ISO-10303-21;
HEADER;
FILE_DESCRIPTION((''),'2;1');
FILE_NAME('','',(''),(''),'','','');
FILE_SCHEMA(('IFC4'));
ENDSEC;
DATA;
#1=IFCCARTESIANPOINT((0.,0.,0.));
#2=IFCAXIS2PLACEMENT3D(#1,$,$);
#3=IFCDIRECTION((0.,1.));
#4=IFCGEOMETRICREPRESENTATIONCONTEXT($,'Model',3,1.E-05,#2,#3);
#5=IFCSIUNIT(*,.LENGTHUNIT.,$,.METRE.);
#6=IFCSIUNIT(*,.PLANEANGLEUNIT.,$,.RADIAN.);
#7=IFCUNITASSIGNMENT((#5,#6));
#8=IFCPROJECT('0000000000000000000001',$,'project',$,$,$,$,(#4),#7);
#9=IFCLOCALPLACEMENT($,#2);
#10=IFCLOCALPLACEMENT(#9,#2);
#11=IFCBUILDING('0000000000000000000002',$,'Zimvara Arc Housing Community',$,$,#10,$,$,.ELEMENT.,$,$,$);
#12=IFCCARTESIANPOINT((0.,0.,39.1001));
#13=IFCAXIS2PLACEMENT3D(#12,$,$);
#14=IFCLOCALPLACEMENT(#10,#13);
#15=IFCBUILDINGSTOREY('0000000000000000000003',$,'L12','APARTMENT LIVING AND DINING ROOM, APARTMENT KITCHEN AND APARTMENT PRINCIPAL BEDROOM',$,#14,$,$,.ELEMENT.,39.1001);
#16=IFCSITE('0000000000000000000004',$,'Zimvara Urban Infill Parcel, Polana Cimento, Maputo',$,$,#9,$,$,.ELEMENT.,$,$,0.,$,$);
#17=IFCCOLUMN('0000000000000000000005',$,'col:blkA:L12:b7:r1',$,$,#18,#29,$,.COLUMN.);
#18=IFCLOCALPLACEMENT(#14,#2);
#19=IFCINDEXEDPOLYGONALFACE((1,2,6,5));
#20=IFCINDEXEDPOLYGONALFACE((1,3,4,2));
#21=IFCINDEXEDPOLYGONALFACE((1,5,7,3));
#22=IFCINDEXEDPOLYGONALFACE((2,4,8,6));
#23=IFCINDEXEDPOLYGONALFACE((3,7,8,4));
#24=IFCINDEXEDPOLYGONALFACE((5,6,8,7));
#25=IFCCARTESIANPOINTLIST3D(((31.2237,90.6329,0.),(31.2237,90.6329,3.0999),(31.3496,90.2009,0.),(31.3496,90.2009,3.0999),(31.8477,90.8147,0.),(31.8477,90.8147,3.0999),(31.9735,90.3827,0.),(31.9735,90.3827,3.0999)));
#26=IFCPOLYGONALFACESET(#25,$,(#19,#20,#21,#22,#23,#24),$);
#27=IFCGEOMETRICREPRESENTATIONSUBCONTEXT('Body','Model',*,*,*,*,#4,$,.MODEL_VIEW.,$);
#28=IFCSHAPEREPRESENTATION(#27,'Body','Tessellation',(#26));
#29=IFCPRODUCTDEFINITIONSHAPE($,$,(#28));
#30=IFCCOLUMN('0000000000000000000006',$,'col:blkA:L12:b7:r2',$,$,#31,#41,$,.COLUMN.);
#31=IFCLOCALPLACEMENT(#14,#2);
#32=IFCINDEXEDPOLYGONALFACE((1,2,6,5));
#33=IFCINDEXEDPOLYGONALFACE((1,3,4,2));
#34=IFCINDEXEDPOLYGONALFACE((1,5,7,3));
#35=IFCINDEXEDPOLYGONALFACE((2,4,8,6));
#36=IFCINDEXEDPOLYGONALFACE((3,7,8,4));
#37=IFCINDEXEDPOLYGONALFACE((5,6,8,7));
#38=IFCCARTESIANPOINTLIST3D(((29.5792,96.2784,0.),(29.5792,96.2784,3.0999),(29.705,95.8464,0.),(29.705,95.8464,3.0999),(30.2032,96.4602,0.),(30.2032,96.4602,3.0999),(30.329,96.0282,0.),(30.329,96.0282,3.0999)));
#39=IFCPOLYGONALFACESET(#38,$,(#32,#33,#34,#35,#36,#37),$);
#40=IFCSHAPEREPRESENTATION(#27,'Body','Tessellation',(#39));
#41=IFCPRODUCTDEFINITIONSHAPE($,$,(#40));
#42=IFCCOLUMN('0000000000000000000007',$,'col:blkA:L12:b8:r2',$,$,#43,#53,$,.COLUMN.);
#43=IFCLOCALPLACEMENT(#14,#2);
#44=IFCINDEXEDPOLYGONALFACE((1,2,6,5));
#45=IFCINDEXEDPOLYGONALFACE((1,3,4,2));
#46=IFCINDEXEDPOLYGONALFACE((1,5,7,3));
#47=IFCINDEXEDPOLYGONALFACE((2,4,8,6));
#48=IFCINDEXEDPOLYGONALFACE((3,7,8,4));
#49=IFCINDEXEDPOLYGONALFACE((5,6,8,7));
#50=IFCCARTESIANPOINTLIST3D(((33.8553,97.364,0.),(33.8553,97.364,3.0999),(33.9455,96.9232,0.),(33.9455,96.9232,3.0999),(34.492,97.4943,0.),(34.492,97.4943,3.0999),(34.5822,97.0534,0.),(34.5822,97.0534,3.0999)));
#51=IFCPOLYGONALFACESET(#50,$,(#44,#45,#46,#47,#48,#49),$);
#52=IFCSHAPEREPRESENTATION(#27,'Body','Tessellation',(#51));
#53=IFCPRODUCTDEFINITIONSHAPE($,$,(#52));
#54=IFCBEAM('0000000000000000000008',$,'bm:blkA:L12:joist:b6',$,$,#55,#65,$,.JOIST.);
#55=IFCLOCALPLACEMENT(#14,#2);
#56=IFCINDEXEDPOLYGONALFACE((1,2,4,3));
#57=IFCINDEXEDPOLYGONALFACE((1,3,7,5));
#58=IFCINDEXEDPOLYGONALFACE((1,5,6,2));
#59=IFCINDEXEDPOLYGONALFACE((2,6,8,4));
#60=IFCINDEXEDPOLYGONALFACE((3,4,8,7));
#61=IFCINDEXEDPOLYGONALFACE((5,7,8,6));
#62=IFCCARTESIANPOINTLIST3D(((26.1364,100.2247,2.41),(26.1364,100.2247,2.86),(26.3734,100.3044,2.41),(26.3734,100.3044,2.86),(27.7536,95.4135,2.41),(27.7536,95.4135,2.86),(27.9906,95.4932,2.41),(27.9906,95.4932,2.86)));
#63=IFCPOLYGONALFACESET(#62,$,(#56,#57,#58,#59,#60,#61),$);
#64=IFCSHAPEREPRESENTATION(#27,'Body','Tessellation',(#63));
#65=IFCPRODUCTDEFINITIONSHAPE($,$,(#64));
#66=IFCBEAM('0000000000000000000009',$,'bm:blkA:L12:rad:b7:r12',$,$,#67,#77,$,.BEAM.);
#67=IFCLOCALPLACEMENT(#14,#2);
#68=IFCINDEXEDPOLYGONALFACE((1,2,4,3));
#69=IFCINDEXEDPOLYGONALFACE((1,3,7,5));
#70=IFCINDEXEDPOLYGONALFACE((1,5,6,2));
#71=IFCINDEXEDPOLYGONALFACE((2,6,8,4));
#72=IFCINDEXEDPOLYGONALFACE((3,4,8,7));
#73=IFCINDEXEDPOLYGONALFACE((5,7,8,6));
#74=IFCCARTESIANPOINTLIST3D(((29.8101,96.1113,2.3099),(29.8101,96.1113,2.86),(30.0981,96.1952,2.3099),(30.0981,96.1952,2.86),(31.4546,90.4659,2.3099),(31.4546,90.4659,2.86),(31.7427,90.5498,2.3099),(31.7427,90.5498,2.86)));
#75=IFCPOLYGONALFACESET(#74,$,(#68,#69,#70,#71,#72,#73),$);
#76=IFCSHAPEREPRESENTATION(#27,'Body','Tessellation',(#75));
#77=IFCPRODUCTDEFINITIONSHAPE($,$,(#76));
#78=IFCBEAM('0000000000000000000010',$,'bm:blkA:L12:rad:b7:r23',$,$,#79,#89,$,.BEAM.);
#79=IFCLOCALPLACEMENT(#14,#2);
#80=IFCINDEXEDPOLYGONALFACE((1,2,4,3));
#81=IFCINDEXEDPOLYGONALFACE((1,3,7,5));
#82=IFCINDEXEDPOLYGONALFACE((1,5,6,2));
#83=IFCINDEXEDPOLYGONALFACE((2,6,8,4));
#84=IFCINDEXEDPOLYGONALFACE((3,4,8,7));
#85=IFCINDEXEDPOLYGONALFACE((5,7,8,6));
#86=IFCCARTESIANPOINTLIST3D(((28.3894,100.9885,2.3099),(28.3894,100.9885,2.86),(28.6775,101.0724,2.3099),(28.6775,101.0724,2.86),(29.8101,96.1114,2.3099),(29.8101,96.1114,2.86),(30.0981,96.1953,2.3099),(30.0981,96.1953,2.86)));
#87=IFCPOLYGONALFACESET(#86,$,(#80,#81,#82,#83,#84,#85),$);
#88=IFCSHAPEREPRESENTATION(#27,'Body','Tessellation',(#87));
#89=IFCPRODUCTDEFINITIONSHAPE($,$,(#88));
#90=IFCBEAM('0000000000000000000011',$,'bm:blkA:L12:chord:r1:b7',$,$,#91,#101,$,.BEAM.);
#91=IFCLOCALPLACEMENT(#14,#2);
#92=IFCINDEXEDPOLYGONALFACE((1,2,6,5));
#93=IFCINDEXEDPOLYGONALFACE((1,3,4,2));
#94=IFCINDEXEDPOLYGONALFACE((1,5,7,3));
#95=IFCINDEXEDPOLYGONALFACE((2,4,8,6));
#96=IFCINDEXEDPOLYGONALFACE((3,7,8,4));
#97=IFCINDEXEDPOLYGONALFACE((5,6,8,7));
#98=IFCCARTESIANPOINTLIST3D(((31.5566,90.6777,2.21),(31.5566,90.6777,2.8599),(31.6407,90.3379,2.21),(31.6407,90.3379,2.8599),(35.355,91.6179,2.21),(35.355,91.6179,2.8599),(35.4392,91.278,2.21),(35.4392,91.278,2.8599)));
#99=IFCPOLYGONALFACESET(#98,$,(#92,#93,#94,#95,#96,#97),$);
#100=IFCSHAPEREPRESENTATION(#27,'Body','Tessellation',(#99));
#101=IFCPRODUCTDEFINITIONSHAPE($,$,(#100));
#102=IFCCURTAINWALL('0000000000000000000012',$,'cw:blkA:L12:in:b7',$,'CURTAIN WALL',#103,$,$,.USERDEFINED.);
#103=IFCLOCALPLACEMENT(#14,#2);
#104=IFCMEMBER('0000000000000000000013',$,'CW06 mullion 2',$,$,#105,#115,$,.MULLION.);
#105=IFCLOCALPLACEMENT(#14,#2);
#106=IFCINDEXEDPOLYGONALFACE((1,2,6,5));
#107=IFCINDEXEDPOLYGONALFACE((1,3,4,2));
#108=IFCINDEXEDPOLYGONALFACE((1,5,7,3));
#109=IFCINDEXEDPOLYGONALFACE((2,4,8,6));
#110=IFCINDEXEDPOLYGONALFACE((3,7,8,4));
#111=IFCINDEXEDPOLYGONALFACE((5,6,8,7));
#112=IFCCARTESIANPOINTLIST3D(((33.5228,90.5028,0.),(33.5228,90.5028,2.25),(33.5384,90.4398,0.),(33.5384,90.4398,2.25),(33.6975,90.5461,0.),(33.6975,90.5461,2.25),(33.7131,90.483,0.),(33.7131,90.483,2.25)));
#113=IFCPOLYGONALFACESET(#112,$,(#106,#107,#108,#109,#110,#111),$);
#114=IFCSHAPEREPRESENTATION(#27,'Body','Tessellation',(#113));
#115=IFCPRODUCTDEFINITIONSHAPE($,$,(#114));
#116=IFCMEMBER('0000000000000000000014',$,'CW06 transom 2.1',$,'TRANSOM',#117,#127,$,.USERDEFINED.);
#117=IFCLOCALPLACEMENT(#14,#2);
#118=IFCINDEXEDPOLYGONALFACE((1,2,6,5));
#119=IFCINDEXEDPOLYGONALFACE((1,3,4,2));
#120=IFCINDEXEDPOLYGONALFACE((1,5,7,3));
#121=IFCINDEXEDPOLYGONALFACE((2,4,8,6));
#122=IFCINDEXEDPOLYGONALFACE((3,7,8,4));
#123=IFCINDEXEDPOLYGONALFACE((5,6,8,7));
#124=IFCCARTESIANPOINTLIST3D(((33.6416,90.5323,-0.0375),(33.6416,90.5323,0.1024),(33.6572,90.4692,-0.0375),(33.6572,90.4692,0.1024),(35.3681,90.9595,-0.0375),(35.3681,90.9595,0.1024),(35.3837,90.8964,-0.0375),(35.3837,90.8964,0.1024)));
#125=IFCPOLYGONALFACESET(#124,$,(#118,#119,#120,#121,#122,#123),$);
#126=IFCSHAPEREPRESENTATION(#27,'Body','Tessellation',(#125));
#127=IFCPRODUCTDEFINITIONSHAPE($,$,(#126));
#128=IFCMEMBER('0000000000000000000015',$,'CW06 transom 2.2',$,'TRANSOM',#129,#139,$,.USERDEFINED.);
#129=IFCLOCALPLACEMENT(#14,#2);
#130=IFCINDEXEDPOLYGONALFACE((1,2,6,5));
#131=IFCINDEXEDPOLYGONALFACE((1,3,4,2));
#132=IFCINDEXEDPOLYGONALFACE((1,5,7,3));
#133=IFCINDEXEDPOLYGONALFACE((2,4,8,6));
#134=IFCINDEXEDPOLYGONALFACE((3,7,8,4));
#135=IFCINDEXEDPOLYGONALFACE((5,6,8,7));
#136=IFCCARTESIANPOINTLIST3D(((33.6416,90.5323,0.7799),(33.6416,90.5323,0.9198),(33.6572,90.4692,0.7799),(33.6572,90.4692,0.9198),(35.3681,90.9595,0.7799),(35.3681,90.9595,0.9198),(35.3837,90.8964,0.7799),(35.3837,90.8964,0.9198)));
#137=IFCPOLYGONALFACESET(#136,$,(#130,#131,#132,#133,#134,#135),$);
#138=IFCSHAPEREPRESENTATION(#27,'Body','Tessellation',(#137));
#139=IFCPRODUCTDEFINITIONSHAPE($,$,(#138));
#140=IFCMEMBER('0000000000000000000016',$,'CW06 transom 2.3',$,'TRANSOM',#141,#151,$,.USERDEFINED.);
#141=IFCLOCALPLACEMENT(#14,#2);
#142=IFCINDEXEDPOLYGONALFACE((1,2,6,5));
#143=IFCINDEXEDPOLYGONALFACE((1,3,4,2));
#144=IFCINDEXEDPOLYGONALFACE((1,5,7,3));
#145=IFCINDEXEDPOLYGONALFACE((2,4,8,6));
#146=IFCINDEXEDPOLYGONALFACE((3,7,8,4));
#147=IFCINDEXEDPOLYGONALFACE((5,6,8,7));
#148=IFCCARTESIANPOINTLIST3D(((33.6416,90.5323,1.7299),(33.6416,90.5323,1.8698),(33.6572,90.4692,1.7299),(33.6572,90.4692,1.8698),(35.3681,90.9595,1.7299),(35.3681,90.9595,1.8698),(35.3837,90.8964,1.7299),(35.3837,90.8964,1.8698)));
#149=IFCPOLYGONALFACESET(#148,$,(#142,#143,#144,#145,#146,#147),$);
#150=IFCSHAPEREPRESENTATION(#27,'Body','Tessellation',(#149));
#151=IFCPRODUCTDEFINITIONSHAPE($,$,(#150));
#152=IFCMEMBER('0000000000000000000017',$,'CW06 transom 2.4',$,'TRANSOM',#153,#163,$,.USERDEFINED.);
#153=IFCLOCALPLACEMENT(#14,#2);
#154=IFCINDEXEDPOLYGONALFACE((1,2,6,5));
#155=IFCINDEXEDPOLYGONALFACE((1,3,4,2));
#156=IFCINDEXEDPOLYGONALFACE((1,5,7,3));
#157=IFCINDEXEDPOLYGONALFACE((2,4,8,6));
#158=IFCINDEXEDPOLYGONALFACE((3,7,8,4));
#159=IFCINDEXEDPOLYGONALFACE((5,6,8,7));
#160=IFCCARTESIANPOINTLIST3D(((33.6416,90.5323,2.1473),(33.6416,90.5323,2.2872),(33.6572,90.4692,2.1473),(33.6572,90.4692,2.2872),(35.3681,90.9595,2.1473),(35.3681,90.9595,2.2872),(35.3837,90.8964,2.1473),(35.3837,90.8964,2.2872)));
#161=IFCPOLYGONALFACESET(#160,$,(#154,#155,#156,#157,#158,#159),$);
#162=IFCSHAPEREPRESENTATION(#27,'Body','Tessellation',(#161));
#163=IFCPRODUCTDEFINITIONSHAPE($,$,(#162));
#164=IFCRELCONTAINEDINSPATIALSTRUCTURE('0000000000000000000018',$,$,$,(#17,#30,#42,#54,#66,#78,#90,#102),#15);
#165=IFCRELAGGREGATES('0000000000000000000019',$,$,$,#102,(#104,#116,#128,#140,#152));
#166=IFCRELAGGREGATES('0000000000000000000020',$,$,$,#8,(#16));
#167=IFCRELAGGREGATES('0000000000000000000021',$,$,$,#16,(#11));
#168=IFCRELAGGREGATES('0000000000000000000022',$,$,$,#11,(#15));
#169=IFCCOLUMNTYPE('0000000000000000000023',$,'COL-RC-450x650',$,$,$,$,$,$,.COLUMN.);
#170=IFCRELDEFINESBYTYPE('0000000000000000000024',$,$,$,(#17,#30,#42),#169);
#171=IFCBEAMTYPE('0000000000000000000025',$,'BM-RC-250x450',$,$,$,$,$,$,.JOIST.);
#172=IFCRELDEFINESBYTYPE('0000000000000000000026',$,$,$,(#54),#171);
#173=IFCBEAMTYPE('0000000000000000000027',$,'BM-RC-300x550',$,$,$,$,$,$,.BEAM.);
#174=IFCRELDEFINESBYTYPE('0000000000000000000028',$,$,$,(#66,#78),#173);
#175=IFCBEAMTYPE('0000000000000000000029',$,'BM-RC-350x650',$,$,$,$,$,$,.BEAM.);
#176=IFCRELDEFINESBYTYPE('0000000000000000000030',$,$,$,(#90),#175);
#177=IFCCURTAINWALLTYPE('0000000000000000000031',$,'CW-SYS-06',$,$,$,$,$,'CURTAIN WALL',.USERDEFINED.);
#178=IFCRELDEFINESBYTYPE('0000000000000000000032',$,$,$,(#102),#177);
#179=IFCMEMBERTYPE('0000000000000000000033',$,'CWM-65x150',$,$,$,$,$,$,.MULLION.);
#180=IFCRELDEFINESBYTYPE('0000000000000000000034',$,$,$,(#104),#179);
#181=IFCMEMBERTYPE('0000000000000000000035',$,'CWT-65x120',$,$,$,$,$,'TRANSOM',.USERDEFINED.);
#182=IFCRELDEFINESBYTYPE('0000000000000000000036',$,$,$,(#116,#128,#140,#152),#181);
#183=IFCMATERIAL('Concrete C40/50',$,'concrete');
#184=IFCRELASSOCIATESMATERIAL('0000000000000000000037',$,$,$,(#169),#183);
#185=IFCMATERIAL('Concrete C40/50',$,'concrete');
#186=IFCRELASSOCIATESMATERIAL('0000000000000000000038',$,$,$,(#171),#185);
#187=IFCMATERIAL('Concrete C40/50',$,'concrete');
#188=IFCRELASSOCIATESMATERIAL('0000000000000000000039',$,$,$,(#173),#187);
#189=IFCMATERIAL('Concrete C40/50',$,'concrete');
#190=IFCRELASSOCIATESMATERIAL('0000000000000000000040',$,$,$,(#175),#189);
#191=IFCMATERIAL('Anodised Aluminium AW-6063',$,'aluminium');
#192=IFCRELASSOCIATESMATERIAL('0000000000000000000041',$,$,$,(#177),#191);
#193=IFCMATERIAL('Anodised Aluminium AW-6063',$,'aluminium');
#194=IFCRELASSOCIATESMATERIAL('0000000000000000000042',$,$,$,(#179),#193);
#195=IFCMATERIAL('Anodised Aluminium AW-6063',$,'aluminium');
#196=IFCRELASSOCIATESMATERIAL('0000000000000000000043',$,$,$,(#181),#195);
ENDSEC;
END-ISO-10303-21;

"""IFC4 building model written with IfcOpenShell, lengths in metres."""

from ifc_helpers import new_model, si_unit, direction, frame, origin, origin_2d, place, context, subcontext, project, spatial, rectangle, extrude, material, material_profile, profile_set, type_object, element, aggregate, save


model = new_model("IFC4")

# Units and contexts
model_context = context("Model", 3, precision=1e-05, world=origin(), true_north=direction((0.0, 1.0)))
body_context = subcontext(model_context, "Body", "Model", "MODEL_VIEW")
ifc_project = project(units=[si_unit("LENGTHUNIT", "METRE"), si_unit("PLANEANGLEUNIT", "RADIAN")], contexts=[model_context])

# Site, building, storey
site_placement = place(None, origin())
site = spatial("IfcSite", under=ifc_project, at=site_placement, Name="Zimvara Urban Infill Parcel, Polana Cimento, Maputo", CompositionType="ELEMENT", RefElevation=0.0)
building_placement = place(site_placement, origin())
building = spatial("IfcBuilding", under=site, at=building_placement, Name="Zimvara Arc Housing Community", CompositionType="ELEMENT")
storey_placement = place(building_placement, frame((0.0, 0.0, 39.1001)))
storey = spatial("IfcBuildingStorey", under=building, at=storey_placement, Name="L12", Description="APARTMENT LIVING AND DINING ROOM, APARTMENT KITCHEN AND APARTMENT PRINCIPAL BEDROOM", CompositionType="ELEMENT", Elevation=39.1001)

# Columns
ifc_material_1 = material(Name="Concrete C40/50", Category="concrete")
ifc_material_profile_1 = material_profile(ifc_material_1, rectangle(XDim=0.45, YDim=0.6499, at=origin_2d()), Name="RC 450x650")
ifc_profile_set_1 = profile_set([ifc_material_profile_1], Name="Concrete C40/50")
column_type = type_object("IfcColumnType", Name="COL-RC-450x650", PredefinedType="COLUMN", material=ifc_profile_set_1)
for number, where, z_axis, x_axis, name in (
    (1, (31.5986, 90.5078, 0.0), (0.0, 0.0, 1.0), (-0.279661, 0.960099, 0.0), "col:blkA:L12:b7:r1"),
    (2, (29.9541, 96.1533, 0.0), (0.0, 0.0, 1.0), (-0.279661, 0.960099, 0.0), "col:blkA:L12:b7:r2"),
    (3, (34.2188, 97.2087, 0.0), (0.0, 0.0, 1.0), (-0.200394, 0.979715, 0.0), "col:blkA:L12:b8:r2"),
):
    element("IfcColumn", number, at=place(storey_placement, frame(where, z_axis=z_axis, x_axis=x_axis)), inside=storey, type_object=column_type, Name=name, PredefinedType="COLUMN", context=body_context, shape_type="SweptSolid", body=[
        extrude(rectangle(XDim=0.45, YDim=0.6499, at=origin_2d()), origin(), (0.0, 0.0, 1.0), 3.0999),
    ])

# Beams
ifc_material_2 = material(Name="Concrete C40/50", Category="concrete")
ifc_material_profile_2 = material_profile(ifc_material_2, rectangle(XDim=0.25, YDim=0.45, at=origin_2d()), Name="RC 250x450")
ifc_profile_set_2 = profile_set([ifc_material_profile_2], Name="Concrete C40/50")
beam_type_1 = type_object("IfcBeamType", Name="BM-RC-250x450", PredefinedType="JOIST", material=ifc_profile_set_2)
beam_1_placement = place(storey_placement, frame((27.8721, 95.4534, 2.635), z_axis=(-0.318608, 0.947887, 0.0), x_axis=(-0.947887, -0.318608, 0.0)))
element("IfcBeam", 4, at=beam_1_placement, inside=storey, type_object=beam_type_1, Name="bm:blkA:L12:joist:b6", PredefinedType="JOIST", context=body_context, shape_type="SweptSolid", body=[
    extrude(rectangle(XDim=0.25, YDim=0.45, at=origin_2d()), origin(), (0.0, 0.0, 1.0), 5.0757),
])
ifc_material_3 = material(Name="Concrete C40/50", Category="concrete")
ifc_material_profile_3 = material_profile(ifc_material_3, rectangle(XDim=0.3, YDim=0.55, at=origin_2d()), Name="RC 300x550")
ifc_profile_set_3 = profile_set([ifc_material_profile_3], Name="Concrete C40/50")
beam_type_2 = type_object("IfcBeamType", Name="BM-RC-300x550", PredefinedType="BEAM", material=ifc_profile_set_3)
beam_2_placement = place(storey_placement, frame((31.5986, 90.5078, 2.585), z_axis=(-0.279675, 0.960095, 0.0), x_axis=(-0.960095, -0.279675, 0.0)))
element("IfcBeam", 5, at=beam_2_placement, inside=storey, type_object=beam_type_2, Name="bm:blkA:L12:rad:b7:r12", PredefinedType="BEAM", context=body_context, shape_type="SweptSolid", body=[
    extrude(rectangle(XDim=0.3, YDim=0.55, at=origin_2d()), origin(), (0.0, 0.0, 1.0), 5.8801),
])
beam_3_placement = place(storey_placement, frame((29.9541, 96.1533, 2.585), z_axis=(-0.279662, 0.960098, 0.0), x_axis=(-0.960098, -0.279662, 0.0)))
element("IfcBeam", 6, at=beam_3_placement, inside=storey, type_object=beam_type_2, Name="bm:blkA:L12:rad:b7:r23", PredefinedType="BEAM", context=body_context, shape_type="SweptSolid", body=[
    extrude(rectangle(XDim=0.3, YDim=0.55, at=origin_2d()), origin(), (0.0, 0.0, 1.0), 5.0798),
])
ifc_material_4 = material(Name="Concrete C40/50", Category="concrete")
ifc_material_profile_4 = material_profile(ifc_material_4, rectangle(XDim=0.3501, YDim=0.6499, at=origin_2d()), Name="RC 350x650")
ifc_profile_set_4 = profile_set([ifc_material_profile_4], Name="Concrete C40/50")
beam_type_3 = type_object("IfcBeamType", Name="BM-RC-350x650", PredefinedType="BEAM", material=ifc_profile_set_4)
beam_4_placement = place(storey_placement, frame((31.5986, 90.5078, 2.5349), z_axis=(0.970709, 0.24026, 0.0), x_axis=(-0.24026, 0.970709, 0.0)))
element("IfcBeam", 7, at=beam_4_placement, inside=storey, type_object=beam_type_3, Name="bm:blkA:L12:chord:r1:b7", PredefinedType="BEAM", context=body_context, shape_type="SweptSolid", body=[
    extrude(rectangle(XDim=0.3501, YDim=0.6499, at=origin_2d()), origin(), (0.0, 0.0, 1.0), 3.9131),
])

# Curtain wall, members
ifc_material_5 = material(Name="Anodised Aluminium AW-6063", Category="aluminium")
curtain_wall_type = type_object("IfcCurtainWallType", Name="CW-SYS-06", ElementType="CURTAIN WALL", PredefinedType="USERDEFINED", material=ifc_material_5)
curtain_wall_placement = place(storey_placement, origin())
curtain_wall = element("IfcCurtainWall", 8, at=curtain_wall_placement, inside=storey, type_object=curtain_wall_type, Name="cw:blkA:L12:in:b7", ObjectType="CURTAIN WALL", PredefinedType="USERDEFINED")
ifc_material_6 = material(Name="Anodised Aluminium AW-6063", Category="aluminium")
ifc_material_profile_5 = material_profile(ifc_material_6, rectangle(XDim=0.0649, YDim=0.1799, at=origin_2d()), Name="ALU 65x180")
ifc_profile_set_5 = profile_set([ifc_material_profile_5], Name="Anodised Aluminium AW-6063")
member_type_1 = type_object("IfcMemberType", Name="CWM-65x150", PredefinedType="MULLION", material=ifc_profile_set_5)
member_1_placement = place(storey_placement, frame((33.6179, 90.4929, 0.0), z_axis=(0.0, 0.0, 1.0), x_axis=(-0.240229, 0.970716, 0.0)))
member_1 = element("IfcMember", 9, at=member_1_placement, type_object=member_type_1, Name="CW06 mullion 2", PredefinedType="MULLION", context=body_context, shape_type="SweptSolid", body=[
    extrude(rectangle(XDim=0.0649, YDim=0.1799, at=origin_2d()), origin(), (0.0, 0.0, 1.0), 2.25),
])
ifc_material_7 = material(Name="Anodised Aluminium AW-6063", Category="aluminium")
ifc_material_profile_6 = material_profile(ifc_material_7, rectangle(XDim=0.0649, YDim=0.1399, at=origin_2d()), Name="ALU 65x140")
ifc_profile_set_6 = profile_set([ifc_material_profile_6], Name="Anodised Aluminium AW-6063")
member_type_2 = type_object("IfcMemberType", Name="CWT-65x120", ElementType="TRANSOM", PredefinedType="USERDEFINED", material=ifc_profile_set_6)
member_2_placement = place(storey_placement, frame((33.6494, 90.5007, 0.0325), z_axis=(0.970721, 0.24021, 0.0), x_axis=(-0.24021, 0.970721, 0.0)))
member_2 = element("IfcMember", 10, at=member_2_placement, type_object=member_type_2, Name="CW06 transom 2.1", ObjectType="TRANSOM", PredefinedType="USERDEFINED", context=body_context, shape_type="SweptSolid", body=[
    extrude(rectangle(XDim=0.0649, YDim=0.1399, at=origin_2d()), origin(), (0.0, 0.0, 1.0), 1.7786),
])
member_3_placement = place(storey_placement, frame((33.6494, 90.5007, 0.8499), z_axis=(0.970721, 0.24021, 0.0), x_axis=(-0.24021, 0.970721, 0.0)))
member_3 = element("IfcMember", 11, at=member_3_placement, type_object=member_type_2, Name="CW06 transom 2.2", ObjectType="TRANSOM", PredefinedType="USERDEFINED", context=body_context, shape_type="SweptSolid", body=[
    extrude(rectangle(XDim=0.0649, YDim=0.1399, at=origin_2d()), origin(), (0.0, 0.0, 1.0), 1.7786),
])
member_4_placement = place(storey_placement, frame((33.6494, 90.5007, 1.7998), z_axis=(0.970721, 0.24021, 0.0), x_axis=(-0.24021, 0.970721, 0.0)))
member_4 = element("IfcMember", 12, at=member_4_placement, type_object=member_type_2, Name="CW06 transom 2.3", ObjectType="TRANSOM", PredefinedType="USERDEFINED", context=body_context, shape_type="SweptSolid", body=[
    extrude(rectangle(XDim=0.0649, YDim=0.1399, at=origin_2d()), origin(), (0.0, 0.0, 1.0), 1.7786),
])
member_5_placement = place(storey_placement, frame((33.6494, 90.5007, 2.2173), z_axis=(0.970721, 0.24021, 0.0), x_axis=(-0.24021, 0.970721, 0.0)))
member_5 = element("IfcMember", 13, at=member_5_placement, type_object=member_type_2, Name="CW06 transom 2.4", ObjectType="TRANSOM", PredefinedType="USERDEFINED", context=body_context, shape_type="SweptSolid", body=[
    extrude(rectangle(XDim=0.0649, YDim=0.1399, at=origin_2d()), origin(), (0.0, 0.0, 1.0), 1.7786),
])
aggregate(curtain_wall, [member_1, member_2, member_3, member_4, member_5])

save(model, "model.ifc")
